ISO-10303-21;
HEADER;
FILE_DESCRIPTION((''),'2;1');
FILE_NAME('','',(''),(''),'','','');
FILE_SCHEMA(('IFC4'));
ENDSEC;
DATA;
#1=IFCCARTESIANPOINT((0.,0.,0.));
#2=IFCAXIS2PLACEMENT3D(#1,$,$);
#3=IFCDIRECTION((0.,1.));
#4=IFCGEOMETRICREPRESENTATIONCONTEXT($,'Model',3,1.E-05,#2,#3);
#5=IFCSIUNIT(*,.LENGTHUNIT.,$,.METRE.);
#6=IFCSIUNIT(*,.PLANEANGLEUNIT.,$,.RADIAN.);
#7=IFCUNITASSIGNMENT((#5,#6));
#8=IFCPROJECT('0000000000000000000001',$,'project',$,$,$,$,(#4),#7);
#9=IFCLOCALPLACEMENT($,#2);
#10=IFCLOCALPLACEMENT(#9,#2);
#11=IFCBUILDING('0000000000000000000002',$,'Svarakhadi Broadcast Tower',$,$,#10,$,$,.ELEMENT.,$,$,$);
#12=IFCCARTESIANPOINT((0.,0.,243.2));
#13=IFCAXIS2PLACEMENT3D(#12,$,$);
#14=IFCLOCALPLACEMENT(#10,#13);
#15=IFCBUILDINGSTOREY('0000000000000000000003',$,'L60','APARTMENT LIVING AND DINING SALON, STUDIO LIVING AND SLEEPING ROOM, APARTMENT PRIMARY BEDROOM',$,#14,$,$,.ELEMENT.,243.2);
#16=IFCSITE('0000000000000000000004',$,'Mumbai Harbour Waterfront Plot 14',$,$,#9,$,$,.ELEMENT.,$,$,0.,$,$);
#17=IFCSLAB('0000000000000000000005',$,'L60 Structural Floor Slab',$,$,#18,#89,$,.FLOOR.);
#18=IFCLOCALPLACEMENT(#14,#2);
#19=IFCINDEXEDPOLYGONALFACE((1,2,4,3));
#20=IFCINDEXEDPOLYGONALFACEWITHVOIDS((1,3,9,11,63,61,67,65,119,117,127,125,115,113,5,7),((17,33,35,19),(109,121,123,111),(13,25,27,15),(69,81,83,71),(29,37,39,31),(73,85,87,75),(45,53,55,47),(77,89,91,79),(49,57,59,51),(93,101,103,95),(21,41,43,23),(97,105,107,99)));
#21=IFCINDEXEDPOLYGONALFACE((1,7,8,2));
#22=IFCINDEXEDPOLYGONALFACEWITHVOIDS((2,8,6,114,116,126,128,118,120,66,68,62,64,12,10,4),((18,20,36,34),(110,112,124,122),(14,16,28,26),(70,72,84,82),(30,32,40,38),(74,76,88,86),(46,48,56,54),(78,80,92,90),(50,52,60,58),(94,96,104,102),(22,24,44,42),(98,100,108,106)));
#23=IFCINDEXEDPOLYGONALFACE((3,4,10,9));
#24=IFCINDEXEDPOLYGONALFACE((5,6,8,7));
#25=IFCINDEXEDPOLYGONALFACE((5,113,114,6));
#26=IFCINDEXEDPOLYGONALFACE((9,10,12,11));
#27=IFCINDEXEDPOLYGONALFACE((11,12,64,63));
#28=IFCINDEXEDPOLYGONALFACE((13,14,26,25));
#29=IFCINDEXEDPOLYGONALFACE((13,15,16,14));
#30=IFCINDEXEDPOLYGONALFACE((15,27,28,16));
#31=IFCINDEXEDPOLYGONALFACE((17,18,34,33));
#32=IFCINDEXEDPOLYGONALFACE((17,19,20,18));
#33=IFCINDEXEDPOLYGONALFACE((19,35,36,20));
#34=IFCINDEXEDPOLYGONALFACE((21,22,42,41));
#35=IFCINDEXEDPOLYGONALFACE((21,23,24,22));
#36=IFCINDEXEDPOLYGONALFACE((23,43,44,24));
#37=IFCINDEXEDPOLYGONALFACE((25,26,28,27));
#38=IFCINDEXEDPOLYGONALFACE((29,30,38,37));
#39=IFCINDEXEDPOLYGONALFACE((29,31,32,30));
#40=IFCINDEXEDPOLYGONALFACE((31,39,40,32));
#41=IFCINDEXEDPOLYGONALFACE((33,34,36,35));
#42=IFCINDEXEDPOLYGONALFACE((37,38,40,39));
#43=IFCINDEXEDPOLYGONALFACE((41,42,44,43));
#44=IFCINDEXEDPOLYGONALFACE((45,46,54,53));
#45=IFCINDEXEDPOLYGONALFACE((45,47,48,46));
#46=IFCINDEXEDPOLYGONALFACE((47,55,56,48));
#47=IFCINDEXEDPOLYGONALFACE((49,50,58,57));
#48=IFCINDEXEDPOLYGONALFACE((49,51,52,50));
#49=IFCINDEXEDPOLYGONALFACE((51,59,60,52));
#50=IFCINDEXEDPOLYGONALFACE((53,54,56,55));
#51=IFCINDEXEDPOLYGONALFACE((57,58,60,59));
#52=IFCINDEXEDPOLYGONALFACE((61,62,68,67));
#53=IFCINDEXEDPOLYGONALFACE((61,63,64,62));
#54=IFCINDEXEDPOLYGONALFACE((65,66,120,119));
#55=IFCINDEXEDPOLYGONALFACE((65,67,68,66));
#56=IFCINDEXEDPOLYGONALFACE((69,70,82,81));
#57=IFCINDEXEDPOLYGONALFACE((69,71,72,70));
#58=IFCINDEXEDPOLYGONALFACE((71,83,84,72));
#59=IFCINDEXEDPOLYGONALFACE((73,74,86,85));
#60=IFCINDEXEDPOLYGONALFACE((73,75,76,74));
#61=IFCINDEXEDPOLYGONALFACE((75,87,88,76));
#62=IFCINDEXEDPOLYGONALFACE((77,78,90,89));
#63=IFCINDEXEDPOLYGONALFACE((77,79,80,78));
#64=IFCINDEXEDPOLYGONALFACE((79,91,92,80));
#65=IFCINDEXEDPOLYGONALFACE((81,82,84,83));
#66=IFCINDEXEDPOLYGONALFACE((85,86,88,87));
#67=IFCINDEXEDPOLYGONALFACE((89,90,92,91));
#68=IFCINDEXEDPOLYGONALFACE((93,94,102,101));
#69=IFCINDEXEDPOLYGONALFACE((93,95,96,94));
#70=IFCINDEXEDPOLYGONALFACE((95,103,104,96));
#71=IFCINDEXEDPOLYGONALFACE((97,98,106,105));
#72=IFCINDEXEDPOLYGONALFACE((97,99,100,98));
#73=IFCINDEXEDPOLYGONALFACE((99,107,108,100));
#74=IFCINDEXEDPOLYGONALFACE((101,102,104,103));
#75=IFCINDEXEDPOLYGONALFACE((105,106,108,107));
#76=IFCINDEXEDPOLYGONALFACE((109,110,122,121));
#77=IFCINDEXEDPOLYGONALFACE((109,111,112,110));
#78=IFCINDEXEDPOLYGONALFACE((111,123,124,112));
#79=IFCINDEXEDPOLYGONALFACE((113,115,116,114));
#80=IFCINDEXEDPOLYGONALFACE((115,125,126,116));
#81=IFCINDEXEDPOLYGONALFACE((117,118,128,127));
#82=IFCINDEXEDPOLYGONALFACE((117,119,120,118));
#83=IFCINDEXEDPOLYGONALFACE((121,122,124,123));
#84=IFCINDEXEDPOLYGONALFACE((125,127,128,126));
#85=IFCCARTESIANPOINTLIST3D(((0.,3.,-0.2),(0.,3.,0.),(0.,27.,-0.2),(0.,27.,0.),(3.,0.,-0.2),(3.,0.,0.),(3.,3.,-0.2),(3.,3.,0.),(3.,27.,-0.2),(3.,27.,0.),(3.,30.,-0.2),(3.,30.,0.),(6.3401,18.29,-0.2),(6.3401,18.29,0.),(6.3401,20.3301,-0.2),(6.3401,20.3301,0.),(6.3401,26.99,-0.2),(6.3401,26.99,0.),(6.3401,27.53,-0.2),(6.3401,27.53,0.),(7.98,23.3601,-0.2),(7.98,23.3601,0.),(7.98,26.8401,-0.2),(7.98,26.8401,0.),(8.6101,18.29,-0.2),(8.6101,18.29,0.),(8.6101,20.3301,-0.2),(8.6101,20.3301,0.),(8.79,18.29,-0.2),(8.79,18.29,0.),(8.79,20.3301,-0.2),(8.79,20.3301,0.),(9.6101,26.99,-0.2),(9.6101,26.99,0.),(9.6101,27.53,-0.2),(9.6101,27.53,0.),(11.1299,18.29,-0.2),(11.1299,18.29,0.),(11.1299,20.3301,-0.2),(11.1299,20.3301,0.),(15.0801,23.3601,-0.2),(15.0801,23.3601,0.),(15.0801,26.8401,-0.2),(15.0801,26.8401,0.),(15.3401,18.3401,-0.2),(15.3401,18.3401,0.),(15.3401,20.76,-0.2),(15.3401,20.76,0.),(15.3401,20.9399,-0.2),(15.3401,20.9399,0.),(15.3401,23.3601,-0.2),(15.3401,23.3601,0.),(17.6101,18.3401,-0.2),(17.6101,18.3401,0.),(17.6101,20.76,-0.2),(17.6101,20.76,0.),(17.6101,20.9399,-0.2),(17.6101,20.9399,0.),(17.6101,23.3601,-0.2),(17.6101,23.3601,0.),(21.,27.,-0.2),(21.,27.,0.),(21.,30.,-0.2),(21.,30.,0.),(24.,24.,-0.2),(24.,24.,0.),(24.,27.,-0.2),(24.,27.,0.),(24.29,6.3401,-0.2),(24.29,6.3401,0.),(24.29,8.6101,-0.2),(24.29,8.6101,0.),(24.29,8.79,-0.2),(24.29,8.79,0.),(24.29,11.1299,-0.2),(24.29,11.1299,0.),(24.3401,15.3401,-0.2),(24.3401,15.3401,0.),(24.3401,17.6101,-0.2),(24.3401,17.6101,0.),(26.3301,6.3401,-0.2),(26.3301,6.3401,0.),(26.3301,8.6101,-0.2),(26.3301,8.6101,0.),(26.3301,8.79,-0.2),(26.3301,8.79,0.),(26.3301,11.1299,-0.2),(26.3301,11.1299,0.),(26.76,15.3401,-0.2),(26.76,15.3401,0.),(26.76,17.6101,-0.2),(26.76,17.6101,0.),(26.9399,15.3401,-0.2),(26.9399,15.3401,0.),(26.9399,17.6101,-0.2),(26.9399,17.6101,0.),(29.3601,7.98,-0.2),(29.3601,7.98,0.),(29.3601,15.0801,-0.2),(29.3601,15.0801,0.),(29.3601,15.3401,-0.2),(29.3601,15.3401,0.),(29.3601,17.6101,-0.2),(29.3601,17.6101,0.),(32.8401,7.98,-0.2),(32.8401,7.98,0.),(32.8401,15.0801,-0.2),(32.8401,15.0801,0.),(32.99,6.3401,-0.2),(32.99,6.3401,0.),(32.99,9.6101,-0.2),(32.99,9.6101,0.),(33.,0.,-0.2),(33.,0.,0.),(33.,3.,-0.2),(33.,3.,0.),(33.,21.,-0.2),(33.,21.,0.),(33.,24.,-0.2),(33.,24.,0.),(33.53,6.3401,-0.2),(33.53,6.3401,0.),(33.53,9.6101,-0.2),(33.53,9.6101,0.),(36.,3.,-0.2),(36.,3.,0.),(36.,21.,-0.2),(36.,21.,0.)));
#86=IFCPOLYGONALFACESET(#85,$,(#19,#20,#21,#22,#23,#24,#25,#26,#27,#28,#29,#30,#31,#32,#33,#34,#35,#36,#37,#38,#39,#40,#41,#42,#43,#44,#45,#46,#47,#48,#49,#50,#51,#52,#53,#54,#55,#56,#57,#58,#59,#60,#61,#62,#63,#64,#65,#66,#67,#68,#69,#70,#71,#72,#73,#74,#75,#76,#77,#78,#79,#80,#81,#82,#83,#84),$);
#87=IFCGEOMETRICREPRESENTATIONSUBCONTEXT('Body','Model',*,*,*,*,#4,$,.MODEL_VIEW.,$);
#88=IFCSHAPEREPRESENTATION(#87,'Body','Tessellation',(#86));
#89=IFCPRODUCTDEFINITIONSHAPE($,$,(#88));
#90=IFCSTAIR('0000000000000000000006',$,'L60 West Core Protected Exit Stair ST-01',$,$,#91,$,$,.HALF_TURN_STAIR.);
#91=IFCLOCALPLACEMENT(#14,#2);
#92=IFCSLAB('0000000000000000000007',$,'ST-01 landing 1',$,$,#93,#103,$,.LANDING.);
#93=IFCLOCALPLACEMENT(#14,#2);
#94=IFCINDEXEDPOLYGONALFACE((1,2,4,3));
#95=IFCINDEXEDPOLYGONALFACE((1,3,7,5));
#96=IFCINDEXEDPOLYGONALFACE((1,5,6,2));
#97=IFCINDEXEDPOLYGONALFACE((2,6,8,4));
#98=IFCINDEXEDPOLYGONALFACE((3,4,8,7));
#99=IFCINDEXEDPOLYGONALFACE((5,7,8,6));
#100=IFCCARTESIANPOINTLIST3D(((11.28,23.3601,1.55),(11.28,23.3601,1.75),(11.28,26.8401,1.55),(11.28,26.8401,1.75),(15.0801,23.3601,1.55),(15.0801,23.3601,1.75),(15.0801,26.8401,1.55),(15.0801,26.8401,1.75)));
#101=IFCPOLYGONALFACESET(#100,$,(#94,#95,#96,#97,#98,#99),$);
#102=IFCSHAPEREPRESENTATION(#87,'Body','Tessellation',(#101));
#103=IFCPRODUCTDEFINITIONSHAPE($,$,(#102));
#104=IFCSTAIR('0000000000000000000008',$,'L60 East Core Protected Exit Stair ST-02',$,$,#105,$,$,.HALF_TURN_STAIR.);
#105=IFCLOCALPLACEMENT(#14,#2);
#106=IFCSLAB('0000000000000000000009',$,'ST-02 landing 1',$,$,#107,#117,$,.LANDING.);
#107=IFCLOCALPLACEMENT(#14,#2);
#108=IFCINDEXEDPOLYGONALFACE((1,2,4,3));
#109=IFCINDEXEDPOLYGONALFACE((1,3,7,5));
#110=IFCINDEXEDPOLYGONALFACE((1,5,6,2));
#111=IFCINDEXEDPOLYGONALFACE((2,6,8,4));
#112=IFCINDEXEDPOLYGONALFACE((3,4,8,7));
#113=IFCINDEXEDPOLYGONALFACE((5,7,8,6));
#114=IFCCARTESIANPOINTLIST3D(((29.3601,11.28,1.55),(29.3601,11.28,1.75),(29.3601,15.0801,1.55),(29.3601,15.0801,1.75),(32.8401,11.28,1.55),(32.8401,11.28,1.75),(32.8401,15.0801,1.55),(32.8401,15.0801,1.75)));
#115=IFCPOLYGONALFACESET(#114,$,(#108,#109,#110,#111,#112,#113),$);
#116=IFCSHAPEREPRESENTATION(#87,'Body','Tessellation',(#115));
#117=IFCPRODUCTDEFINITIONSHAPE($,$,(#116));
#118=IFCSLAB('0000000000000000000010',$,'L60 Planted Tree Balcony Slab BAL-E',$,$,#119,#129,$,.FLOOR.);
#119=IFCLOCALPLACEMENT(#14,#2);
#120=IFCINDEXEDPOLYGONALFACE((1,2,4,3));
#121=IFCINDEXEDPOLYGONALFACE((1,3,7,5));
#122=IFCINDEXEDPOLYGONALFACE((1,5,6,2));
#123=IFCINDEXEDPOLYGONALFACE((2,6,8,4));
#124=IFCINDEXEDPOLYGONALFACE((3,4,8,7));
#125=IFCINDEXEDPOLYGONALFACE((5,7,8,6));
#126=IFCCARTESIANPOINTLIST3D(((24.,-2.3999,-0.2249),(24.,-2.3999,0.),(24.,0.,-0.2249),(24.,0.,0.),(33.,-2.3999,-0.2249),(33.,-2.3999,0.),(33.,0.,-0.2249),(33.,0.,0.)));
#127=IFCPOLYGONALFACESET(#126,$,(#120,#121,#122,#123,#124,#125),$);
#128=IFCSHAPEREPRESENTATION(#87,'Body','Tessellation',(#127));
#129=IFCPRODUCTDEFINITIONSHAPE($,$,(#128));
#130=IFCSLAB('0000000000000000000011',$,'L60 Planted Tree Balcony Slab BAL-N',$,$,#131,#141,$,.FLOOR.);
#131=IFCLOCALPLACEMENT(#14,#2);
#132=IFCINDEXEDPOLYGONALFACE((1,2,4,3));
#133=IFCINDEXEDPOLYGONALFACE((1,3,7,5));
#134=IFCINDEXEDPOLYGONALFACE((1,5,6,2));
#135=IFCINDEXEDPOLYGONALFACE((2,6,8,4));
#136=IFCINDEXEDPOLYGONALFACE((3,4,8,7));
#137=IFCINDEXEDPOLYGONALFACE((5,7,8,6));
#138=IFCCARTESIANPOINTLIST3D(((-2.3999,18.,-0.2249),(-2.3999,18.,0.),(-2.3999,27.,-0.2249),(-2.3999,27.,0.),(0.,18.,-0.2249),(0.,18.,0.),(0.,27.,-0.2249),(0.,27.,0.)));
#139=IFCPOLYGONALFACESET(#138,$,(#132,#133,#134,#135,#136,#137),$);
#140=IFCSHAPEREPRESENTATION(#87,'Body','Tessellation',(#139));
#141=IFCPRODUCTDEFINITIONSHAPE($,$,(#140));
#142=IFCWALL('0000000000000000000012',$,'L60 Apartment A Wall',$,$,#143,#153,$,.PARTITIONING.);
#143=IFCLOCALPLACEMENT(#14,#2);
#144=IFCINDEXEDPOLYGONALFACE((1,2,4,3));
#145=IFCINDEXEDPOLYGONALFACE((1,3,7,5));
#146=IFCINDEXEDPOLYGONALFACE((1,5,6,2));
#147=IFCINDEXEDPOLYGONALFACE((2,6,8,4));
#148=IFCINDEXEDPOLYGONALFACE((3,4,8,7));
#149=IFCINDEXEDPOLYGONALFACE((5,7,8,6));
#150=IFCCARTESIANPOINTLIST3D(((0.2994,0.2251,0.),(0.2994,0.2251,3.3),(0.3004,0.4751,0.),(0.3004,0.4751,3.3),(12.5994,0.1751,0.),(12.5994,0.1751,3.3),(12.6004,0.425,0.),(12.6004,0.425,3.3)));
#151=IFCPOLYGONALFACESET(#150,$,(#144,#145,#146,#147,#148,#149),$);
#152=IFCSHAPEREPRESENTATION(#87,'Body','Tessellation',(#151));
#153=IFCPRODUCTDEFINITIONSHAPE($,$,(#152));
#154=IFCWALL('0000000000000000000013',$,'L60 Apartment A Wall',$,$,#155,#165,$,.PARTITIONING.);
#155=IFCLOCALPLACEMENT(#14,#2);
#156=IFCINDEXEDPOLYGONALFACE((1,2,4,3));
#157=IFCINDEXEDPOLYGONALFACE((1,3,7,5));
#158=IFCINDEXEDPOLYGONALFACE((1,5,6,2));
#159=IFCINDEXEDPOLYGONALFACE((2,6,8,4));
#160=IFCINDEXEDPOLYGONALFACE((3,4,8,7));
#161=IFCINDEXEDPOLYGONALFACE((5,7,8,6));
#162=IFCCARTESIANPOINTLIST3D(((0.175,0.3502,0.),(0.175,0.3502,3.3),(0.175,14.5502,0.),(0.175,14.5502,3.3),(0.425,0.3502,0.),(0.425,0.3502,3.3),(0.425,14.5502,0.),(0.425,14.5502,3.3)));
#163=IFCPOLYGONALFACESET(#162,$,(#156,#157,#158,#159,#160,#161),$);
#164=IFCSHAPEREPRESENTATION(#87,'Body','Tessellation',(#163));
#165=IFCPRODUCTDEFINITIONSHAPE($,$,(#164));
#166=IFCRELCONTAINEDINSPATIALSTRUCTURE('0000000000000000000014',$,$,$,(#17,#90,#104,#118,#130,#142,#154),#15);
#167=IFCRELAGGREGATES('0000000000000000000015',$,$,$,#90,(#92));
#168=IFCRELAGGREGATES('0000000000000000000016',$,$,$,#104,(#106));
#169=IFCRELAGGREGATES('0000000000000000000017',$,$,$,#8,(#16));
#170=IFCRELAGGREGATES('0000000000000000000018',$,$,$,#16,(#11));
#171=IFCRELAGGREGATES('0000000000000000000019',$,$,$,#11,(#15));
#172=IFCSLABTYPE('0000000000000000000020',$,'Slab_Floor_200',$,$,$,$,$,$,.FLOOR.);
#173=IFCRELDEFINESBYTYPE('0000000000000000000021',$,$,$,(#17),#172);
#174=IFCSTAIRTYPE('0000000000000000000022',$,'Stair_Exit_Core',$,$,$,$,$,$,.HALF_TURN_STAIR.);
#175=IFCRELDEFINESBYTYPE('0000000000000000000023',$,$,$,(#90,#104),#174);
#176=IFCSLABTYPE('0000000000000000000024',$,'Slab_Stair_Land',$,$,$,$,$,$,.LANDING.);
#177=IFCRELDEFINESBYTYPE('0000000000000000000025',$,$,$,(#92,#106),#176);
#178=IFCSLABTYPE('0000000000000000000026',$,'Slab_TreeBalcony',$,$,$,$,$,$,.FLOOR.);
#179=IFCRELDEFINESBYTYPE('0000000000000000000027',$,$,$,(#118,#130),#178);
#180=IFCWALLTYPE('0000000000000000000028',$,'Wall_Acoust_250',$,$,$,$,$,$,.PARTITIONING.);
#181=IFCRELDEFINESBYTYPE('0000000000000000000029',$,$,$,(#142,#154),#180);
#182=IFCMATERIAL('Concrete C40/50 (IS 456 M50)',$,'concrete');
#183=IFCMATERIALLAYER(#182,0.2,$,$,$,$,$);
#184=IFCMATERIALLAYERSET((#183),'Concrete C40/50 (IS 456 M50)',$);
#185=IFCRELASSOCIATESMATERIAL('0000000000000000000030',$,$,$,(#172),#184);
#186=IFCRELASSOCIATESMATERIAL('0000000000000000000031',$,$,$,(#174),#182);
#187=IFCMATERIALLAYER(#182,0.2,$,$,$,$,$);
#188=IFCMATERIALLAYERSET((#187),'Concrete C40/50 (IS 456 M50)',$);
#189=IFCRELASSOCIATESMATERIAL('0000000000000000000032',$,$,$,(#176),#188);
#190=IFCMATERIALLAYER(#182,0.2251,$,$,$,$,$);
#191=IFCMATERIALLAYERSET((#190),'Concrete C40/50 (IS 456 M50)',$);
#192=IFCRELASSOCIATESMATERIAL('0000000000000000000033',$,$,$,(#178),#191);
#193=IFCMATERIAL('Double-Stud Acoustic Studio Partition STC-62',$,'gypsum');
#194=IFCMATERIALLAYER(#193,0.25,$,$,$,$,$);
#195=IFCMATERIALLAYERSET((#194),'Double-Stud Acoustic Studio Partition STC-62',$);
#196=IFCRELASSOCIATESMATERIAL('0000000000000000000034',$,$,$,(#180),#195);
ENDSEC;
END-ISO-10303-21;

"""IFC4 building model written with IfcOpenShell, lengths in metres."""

from ifc_helpers import new_model, si_unit, direction, frame, frame_2d, origin, place, context, subcontext, project, spatial, polyline, rectangle, outline, extrude, material, layer, layer_set, type_object, element, aggregate, save


model = new_model("IFC4")

# Units and contexts
model_context = context("Model", 3, precision=1e-05, world=origin(), true_north=direction((0.0, 1.0)))
body_context = subcontext(model_context, "Body", "Model", "MODEL_VIEW")
ifc_project = project(units=[si_unit("LENGTHUNIT", "METRE"), si_unit("PLANEANGLEUNIT", "RADIAN")], contexts=[model_context])

# Site, building, storey
site_placement = place(None, origin())
site = spatial("IfcSite", under=ifc_project, at=site_placement, Name="Mumbai Harbour Waterfront Plot 14", CompositionType="ELEMENT", RefElevation=0.0)
building_placement = place(site_placement, origin())
building = spatial("IfcBuilding", under=site, at=building_placement, Name="Svarakhadi Broadcast Tower", CompositionType="ELEMENT")
storey_placement = place(building_placement, frame((0.0, 0.0, 243.2)))
storey = spatial("IfcBuildingStorey", under=building, at=storey_placement, Name="L60", Description="APARTMENT LIVING AND DINING SALON, STUDIO LIVING AND SLEEPING ROOM, APARTMENT PRIMARY BEDROOM", CompositionType="ELEMENT", Elevation=243.2)

# Slab
ifc_material_1 = material(Name="Concrete C40/50 (IS 456 M50)", Category="concrete")
ifc_layer_1 = layer(ifc_material_1, 0.2)
ifc_layer_set_1 = layer_set([ifc_layer_1], Name="Concrete C40/50 (IS 456 M50)")
slab_type_1 = type_object("IfcSlabType", Name="Slab_Floor_200", PredefinedType="FLOOR", material=ifc_layer_set_1)
slab_1_placement = place(storey_placement, frame((0.0, 0.0, -0.2)))
element("IfcSlab", 1, at=slab_1_placement, inside=storey, type_object=slab_type_1, Name="L60 Structural Floor Slab", PredefinedType="FLOOR", context=body_context, shape_type="SweptSolid", body=[
    extrude(outline(polyline([(3.0, 0.0), (33.0, 0.0), (33.0, 3.0), (36.0, 3.0), (36.0, 21.0), (33.0, 21.0), (33.0, 24.0), (24.0, 24.0), (24.0, 27.0), (21.0, 27.0), (21.0, 30.0), (3.0, 30.0), (3.0, 27.0), (0.0, 27.0), (0.0, 3.0), (3.0, 3.0), (3.0, 0.0)]), holes=[polyline([(7.98, 23.3601), (15.0801, 23.3601), (15.0801, 26.8401), (7.98, 26.8401), (7.98, 23.3601)]), polyline([(32.8401, 7.98), (32.8401, 15.0801), (29.3601, 15.0801), (29.3601, 7.98), (32.8401, 7.98)]), polyline([(6.3401, 18.29), (8.6101, 18.29), (8.6101, 20.3301), (6.3401, 20.3301), (6.3401, 18.29)]), polyline([(8.79, 18.29), (11.1299, 18.29), (11.1299, 20.3301), (8.79, 20.3301), (8.79, 18.29)]), polyline([(24.29, 6.3401), (26.3301, 6.3401), (26.3301, 8.6101), (24.29, 8.6101), (24.29, 6.3401)]), polyline([(24.29, 8.79), (26.3301, 8.79), (26.3301, 11.1299), (24.29, 11.1299), (24.29, 8.79)]), polyline([(6.3401, 26.99), (9.6101, 26.99), (9.6101, 27.53), (6.3401, 27.53), (6.3401, 26.99)]), polyline([(32.99, 6.3401), (33.53, 6.3401), (33.53, 9.6101), (32.99, 9.6101), (32.99, 6.3401)]), polyline([(15.3401, 18.3401), (17.6101, 18.3401), (17.6101, 20.76), (15.3401, 20.76), (15.3401, 18.3401)]), polyline([(15.3401, 20.9399), (17.6101, 20.9399), (17.6101, 23.3601), (15.3401, 23.3601), (15.3401, 20.9399)]), polyline([(24.3401, 15.3401), (26.76, 15.3401), (26.76, 17.6101), (24.3401, 17.6101), (24.3401, 15.3401)]), polyline([(26.9399, 15.3401), (29.3601, 15.3401), (29.3601, 17.6101), (26.9399, 17.6101), (26.9399, 15.3401)])]), origin(), (0.0, 0.0, 1.0), 0.2),
])

# Stairs, slabs
stair_type = type_object("IfcStairType", Name="Stair_Exit_Core", PredefinedType="HALF_TURN_STAIR", material=ifc_material_1)
stair_1_placement = place(storey_placement, origin())
stair_1 = element("IfcStair", 2, at=stair_1_placement, inside=storey, type_object=stair_type, Name="L60 West Core Protected Exit Stair ST-01", PredefinedType="HALF_TURN_STAIR")
ifc_layer_2 = layer(ifc_material_1, 0.2)
ifc_layer_set_2 = layer_set([ifc_layer_2], Name="Concrete C40/50 (IS 456 M50)")
slab_type_2 = type_object("IfcSlabType", Name="Slab_Stair_Land", PredefinedType="LANDING", material=ifc_layer_set_2)
slab_2_placement = place(storey_placement, frame((0.0, 0.0, 1.55)))
slab_2 = element("IfcSlab", 3, at=slab_2_placement, type_object=slab_type_2, Name="ST-01 landing 1", PredefinedType="LANDING", context=body_context, shape_type="SweptSolid", body=[
    extrude(outline(polyline([(11.28, 23.3601), (15.0801, 23.3601), (15.0801, 26.8401), (11.28, 26.8401), (11.28, 23.3601)])), origin(), (0.0, 0.0, 1.0), 0.2),
])
aggregate(stair_1, [slab_2])
stair_2_placement = place(storey_placement, origin())
stair_2 = element("IfcStair", 4, at=stair_2_placement, inside=storey, type_object=stair_type, Name="L60 East Core Protected Exit Stair ST-02", PredefinedType="HALF_TURN_STAIR")
slab_3_placement = place(storey_placement, frame((0.0, 0.0, 1.55)))
slab_3 = element("IfcSlab", 5, at=slab_3_placement, type_object=slab_type_2, Name="ST-02 landing 1", PredefinedType="LANDING", context=body_context, shape_type="SweptSolid", body=[
    extrude(outline(polyline([(32.8401, 11.28), (32.8401, 15.0801), (29.3601, 15.0801), (29.3601, 11.28), (32.8401, 11.28)])), origin(), (0.0, 0.0, 1.0), 0.2),
])
aggregate(stair_2, [slab_3])

# Slabs
ifc_layer_3 = layer(ifc_material_1, 0.2251)
ifc_layer_set_3 = layer_set([ifc_layer_3], Name="Concrete C40/50 (IS 456 M50)")
slab_type_3 = type_object("IfcSlabType", Name="Slab_TreeBalcony", PredefinedType="FLOOR", material=ifc_layer_set_3)
slab_4_placement = place(storey_placement, frame((0.0, 0.0, -0.2249)))
element("IfcSlab", 6, at=slab_4_placement, inside=storey, type_object=slab_type_3, Name="L60 Planted Tree Balcony Slab BAL-E", PredefinedType="FLOOR", context=body_context, shape_type="SweptSolid", body=[
    extrude(outline(polyline([(24.0, -2.3999), (33.0, -2.3999), (33.0, 0.0), (24.0, 0.0), (24.0, -2.3999)])), origin(), (0.0, 0.0, 1.0), 0.2249),
])
slab_5_placement = place(storey_placement, frame((0.0, 0.0, -0.2249)))
element("IfcSlab", 7, at=slab_5_placement, inside=storey, type_object=slab_type_3, Name="L60 Planted Tree Balcony Slab BAL-N", PredefinedType="FLOOR", context=body_context, shape_type="SweptSolid", body=[
    extrude(outline(polyline([(-2.3999, 18.0), (0.0, 18.0), (0.0, 27.0), (-2.3999, 27.0), (-2.3999, 18.0)])), origin(), (0.0, 0.0, 1.0), 0.2249),
])

# Walls
ifc_material_2 = material(Name="Double-Stud Acoustic Studio Partition STC-62", Category="gypsum")
ifc_layer_4 = layer(ifc_material_2, 0.25)
ifc_layer_set_4 = layer_set([ifc_layer_4], Name="Double-Stud Acoustic Studio Partition STC-62")
wall_type = type_object("IfcWallType", Name="Wall_Acoust_250", PredefinedType="PARTITIONING", material=ifc_layer_set_4)
wall_1_placement = place(storey_placement, frame((0.3, 0.3501, 0.0), z_axis=(0.0, 0.0, 1.0), x_axis=(0.999992, -0.004069, 0.0)))
element("IfcWall", 8, at=wall_1_placement, inside=storey, type_object=wall_type, Name="L60 Apartment A Wall", PredefinedType="PARTITIONING", context=body_context, shape_type="SweptSolid", body=[
    extrude(rectangle(XDim=12.3, YDim=0.25, at=frame_2d((6.1499, 0.0))), origin(), (0.0, 0.0, 1.0), 3.3),
])
wall_2_placement = place(storey_placement, frame((0.3, 0.3501, 0.0), z_axis=(0.0, 0.0, 1.0), x_axis=(0.0, 1.0, 0.0)))
element("IfcWall", 9, at=wall_2_placement, inside=storey, type_object=wall_type, Name="L60 Apartment A Wall", PredefinedType="PARTITIONING", context=body_context, shape_type="SweptSolid", body=[
    extrude(rectangle(XDim=14.2, YDim=0.25, at=frame_2d((7.1001, 0.0))), origin(), (0.0, 0.0, 1.0), 3.3),
])

save(model, "model.ifc")
